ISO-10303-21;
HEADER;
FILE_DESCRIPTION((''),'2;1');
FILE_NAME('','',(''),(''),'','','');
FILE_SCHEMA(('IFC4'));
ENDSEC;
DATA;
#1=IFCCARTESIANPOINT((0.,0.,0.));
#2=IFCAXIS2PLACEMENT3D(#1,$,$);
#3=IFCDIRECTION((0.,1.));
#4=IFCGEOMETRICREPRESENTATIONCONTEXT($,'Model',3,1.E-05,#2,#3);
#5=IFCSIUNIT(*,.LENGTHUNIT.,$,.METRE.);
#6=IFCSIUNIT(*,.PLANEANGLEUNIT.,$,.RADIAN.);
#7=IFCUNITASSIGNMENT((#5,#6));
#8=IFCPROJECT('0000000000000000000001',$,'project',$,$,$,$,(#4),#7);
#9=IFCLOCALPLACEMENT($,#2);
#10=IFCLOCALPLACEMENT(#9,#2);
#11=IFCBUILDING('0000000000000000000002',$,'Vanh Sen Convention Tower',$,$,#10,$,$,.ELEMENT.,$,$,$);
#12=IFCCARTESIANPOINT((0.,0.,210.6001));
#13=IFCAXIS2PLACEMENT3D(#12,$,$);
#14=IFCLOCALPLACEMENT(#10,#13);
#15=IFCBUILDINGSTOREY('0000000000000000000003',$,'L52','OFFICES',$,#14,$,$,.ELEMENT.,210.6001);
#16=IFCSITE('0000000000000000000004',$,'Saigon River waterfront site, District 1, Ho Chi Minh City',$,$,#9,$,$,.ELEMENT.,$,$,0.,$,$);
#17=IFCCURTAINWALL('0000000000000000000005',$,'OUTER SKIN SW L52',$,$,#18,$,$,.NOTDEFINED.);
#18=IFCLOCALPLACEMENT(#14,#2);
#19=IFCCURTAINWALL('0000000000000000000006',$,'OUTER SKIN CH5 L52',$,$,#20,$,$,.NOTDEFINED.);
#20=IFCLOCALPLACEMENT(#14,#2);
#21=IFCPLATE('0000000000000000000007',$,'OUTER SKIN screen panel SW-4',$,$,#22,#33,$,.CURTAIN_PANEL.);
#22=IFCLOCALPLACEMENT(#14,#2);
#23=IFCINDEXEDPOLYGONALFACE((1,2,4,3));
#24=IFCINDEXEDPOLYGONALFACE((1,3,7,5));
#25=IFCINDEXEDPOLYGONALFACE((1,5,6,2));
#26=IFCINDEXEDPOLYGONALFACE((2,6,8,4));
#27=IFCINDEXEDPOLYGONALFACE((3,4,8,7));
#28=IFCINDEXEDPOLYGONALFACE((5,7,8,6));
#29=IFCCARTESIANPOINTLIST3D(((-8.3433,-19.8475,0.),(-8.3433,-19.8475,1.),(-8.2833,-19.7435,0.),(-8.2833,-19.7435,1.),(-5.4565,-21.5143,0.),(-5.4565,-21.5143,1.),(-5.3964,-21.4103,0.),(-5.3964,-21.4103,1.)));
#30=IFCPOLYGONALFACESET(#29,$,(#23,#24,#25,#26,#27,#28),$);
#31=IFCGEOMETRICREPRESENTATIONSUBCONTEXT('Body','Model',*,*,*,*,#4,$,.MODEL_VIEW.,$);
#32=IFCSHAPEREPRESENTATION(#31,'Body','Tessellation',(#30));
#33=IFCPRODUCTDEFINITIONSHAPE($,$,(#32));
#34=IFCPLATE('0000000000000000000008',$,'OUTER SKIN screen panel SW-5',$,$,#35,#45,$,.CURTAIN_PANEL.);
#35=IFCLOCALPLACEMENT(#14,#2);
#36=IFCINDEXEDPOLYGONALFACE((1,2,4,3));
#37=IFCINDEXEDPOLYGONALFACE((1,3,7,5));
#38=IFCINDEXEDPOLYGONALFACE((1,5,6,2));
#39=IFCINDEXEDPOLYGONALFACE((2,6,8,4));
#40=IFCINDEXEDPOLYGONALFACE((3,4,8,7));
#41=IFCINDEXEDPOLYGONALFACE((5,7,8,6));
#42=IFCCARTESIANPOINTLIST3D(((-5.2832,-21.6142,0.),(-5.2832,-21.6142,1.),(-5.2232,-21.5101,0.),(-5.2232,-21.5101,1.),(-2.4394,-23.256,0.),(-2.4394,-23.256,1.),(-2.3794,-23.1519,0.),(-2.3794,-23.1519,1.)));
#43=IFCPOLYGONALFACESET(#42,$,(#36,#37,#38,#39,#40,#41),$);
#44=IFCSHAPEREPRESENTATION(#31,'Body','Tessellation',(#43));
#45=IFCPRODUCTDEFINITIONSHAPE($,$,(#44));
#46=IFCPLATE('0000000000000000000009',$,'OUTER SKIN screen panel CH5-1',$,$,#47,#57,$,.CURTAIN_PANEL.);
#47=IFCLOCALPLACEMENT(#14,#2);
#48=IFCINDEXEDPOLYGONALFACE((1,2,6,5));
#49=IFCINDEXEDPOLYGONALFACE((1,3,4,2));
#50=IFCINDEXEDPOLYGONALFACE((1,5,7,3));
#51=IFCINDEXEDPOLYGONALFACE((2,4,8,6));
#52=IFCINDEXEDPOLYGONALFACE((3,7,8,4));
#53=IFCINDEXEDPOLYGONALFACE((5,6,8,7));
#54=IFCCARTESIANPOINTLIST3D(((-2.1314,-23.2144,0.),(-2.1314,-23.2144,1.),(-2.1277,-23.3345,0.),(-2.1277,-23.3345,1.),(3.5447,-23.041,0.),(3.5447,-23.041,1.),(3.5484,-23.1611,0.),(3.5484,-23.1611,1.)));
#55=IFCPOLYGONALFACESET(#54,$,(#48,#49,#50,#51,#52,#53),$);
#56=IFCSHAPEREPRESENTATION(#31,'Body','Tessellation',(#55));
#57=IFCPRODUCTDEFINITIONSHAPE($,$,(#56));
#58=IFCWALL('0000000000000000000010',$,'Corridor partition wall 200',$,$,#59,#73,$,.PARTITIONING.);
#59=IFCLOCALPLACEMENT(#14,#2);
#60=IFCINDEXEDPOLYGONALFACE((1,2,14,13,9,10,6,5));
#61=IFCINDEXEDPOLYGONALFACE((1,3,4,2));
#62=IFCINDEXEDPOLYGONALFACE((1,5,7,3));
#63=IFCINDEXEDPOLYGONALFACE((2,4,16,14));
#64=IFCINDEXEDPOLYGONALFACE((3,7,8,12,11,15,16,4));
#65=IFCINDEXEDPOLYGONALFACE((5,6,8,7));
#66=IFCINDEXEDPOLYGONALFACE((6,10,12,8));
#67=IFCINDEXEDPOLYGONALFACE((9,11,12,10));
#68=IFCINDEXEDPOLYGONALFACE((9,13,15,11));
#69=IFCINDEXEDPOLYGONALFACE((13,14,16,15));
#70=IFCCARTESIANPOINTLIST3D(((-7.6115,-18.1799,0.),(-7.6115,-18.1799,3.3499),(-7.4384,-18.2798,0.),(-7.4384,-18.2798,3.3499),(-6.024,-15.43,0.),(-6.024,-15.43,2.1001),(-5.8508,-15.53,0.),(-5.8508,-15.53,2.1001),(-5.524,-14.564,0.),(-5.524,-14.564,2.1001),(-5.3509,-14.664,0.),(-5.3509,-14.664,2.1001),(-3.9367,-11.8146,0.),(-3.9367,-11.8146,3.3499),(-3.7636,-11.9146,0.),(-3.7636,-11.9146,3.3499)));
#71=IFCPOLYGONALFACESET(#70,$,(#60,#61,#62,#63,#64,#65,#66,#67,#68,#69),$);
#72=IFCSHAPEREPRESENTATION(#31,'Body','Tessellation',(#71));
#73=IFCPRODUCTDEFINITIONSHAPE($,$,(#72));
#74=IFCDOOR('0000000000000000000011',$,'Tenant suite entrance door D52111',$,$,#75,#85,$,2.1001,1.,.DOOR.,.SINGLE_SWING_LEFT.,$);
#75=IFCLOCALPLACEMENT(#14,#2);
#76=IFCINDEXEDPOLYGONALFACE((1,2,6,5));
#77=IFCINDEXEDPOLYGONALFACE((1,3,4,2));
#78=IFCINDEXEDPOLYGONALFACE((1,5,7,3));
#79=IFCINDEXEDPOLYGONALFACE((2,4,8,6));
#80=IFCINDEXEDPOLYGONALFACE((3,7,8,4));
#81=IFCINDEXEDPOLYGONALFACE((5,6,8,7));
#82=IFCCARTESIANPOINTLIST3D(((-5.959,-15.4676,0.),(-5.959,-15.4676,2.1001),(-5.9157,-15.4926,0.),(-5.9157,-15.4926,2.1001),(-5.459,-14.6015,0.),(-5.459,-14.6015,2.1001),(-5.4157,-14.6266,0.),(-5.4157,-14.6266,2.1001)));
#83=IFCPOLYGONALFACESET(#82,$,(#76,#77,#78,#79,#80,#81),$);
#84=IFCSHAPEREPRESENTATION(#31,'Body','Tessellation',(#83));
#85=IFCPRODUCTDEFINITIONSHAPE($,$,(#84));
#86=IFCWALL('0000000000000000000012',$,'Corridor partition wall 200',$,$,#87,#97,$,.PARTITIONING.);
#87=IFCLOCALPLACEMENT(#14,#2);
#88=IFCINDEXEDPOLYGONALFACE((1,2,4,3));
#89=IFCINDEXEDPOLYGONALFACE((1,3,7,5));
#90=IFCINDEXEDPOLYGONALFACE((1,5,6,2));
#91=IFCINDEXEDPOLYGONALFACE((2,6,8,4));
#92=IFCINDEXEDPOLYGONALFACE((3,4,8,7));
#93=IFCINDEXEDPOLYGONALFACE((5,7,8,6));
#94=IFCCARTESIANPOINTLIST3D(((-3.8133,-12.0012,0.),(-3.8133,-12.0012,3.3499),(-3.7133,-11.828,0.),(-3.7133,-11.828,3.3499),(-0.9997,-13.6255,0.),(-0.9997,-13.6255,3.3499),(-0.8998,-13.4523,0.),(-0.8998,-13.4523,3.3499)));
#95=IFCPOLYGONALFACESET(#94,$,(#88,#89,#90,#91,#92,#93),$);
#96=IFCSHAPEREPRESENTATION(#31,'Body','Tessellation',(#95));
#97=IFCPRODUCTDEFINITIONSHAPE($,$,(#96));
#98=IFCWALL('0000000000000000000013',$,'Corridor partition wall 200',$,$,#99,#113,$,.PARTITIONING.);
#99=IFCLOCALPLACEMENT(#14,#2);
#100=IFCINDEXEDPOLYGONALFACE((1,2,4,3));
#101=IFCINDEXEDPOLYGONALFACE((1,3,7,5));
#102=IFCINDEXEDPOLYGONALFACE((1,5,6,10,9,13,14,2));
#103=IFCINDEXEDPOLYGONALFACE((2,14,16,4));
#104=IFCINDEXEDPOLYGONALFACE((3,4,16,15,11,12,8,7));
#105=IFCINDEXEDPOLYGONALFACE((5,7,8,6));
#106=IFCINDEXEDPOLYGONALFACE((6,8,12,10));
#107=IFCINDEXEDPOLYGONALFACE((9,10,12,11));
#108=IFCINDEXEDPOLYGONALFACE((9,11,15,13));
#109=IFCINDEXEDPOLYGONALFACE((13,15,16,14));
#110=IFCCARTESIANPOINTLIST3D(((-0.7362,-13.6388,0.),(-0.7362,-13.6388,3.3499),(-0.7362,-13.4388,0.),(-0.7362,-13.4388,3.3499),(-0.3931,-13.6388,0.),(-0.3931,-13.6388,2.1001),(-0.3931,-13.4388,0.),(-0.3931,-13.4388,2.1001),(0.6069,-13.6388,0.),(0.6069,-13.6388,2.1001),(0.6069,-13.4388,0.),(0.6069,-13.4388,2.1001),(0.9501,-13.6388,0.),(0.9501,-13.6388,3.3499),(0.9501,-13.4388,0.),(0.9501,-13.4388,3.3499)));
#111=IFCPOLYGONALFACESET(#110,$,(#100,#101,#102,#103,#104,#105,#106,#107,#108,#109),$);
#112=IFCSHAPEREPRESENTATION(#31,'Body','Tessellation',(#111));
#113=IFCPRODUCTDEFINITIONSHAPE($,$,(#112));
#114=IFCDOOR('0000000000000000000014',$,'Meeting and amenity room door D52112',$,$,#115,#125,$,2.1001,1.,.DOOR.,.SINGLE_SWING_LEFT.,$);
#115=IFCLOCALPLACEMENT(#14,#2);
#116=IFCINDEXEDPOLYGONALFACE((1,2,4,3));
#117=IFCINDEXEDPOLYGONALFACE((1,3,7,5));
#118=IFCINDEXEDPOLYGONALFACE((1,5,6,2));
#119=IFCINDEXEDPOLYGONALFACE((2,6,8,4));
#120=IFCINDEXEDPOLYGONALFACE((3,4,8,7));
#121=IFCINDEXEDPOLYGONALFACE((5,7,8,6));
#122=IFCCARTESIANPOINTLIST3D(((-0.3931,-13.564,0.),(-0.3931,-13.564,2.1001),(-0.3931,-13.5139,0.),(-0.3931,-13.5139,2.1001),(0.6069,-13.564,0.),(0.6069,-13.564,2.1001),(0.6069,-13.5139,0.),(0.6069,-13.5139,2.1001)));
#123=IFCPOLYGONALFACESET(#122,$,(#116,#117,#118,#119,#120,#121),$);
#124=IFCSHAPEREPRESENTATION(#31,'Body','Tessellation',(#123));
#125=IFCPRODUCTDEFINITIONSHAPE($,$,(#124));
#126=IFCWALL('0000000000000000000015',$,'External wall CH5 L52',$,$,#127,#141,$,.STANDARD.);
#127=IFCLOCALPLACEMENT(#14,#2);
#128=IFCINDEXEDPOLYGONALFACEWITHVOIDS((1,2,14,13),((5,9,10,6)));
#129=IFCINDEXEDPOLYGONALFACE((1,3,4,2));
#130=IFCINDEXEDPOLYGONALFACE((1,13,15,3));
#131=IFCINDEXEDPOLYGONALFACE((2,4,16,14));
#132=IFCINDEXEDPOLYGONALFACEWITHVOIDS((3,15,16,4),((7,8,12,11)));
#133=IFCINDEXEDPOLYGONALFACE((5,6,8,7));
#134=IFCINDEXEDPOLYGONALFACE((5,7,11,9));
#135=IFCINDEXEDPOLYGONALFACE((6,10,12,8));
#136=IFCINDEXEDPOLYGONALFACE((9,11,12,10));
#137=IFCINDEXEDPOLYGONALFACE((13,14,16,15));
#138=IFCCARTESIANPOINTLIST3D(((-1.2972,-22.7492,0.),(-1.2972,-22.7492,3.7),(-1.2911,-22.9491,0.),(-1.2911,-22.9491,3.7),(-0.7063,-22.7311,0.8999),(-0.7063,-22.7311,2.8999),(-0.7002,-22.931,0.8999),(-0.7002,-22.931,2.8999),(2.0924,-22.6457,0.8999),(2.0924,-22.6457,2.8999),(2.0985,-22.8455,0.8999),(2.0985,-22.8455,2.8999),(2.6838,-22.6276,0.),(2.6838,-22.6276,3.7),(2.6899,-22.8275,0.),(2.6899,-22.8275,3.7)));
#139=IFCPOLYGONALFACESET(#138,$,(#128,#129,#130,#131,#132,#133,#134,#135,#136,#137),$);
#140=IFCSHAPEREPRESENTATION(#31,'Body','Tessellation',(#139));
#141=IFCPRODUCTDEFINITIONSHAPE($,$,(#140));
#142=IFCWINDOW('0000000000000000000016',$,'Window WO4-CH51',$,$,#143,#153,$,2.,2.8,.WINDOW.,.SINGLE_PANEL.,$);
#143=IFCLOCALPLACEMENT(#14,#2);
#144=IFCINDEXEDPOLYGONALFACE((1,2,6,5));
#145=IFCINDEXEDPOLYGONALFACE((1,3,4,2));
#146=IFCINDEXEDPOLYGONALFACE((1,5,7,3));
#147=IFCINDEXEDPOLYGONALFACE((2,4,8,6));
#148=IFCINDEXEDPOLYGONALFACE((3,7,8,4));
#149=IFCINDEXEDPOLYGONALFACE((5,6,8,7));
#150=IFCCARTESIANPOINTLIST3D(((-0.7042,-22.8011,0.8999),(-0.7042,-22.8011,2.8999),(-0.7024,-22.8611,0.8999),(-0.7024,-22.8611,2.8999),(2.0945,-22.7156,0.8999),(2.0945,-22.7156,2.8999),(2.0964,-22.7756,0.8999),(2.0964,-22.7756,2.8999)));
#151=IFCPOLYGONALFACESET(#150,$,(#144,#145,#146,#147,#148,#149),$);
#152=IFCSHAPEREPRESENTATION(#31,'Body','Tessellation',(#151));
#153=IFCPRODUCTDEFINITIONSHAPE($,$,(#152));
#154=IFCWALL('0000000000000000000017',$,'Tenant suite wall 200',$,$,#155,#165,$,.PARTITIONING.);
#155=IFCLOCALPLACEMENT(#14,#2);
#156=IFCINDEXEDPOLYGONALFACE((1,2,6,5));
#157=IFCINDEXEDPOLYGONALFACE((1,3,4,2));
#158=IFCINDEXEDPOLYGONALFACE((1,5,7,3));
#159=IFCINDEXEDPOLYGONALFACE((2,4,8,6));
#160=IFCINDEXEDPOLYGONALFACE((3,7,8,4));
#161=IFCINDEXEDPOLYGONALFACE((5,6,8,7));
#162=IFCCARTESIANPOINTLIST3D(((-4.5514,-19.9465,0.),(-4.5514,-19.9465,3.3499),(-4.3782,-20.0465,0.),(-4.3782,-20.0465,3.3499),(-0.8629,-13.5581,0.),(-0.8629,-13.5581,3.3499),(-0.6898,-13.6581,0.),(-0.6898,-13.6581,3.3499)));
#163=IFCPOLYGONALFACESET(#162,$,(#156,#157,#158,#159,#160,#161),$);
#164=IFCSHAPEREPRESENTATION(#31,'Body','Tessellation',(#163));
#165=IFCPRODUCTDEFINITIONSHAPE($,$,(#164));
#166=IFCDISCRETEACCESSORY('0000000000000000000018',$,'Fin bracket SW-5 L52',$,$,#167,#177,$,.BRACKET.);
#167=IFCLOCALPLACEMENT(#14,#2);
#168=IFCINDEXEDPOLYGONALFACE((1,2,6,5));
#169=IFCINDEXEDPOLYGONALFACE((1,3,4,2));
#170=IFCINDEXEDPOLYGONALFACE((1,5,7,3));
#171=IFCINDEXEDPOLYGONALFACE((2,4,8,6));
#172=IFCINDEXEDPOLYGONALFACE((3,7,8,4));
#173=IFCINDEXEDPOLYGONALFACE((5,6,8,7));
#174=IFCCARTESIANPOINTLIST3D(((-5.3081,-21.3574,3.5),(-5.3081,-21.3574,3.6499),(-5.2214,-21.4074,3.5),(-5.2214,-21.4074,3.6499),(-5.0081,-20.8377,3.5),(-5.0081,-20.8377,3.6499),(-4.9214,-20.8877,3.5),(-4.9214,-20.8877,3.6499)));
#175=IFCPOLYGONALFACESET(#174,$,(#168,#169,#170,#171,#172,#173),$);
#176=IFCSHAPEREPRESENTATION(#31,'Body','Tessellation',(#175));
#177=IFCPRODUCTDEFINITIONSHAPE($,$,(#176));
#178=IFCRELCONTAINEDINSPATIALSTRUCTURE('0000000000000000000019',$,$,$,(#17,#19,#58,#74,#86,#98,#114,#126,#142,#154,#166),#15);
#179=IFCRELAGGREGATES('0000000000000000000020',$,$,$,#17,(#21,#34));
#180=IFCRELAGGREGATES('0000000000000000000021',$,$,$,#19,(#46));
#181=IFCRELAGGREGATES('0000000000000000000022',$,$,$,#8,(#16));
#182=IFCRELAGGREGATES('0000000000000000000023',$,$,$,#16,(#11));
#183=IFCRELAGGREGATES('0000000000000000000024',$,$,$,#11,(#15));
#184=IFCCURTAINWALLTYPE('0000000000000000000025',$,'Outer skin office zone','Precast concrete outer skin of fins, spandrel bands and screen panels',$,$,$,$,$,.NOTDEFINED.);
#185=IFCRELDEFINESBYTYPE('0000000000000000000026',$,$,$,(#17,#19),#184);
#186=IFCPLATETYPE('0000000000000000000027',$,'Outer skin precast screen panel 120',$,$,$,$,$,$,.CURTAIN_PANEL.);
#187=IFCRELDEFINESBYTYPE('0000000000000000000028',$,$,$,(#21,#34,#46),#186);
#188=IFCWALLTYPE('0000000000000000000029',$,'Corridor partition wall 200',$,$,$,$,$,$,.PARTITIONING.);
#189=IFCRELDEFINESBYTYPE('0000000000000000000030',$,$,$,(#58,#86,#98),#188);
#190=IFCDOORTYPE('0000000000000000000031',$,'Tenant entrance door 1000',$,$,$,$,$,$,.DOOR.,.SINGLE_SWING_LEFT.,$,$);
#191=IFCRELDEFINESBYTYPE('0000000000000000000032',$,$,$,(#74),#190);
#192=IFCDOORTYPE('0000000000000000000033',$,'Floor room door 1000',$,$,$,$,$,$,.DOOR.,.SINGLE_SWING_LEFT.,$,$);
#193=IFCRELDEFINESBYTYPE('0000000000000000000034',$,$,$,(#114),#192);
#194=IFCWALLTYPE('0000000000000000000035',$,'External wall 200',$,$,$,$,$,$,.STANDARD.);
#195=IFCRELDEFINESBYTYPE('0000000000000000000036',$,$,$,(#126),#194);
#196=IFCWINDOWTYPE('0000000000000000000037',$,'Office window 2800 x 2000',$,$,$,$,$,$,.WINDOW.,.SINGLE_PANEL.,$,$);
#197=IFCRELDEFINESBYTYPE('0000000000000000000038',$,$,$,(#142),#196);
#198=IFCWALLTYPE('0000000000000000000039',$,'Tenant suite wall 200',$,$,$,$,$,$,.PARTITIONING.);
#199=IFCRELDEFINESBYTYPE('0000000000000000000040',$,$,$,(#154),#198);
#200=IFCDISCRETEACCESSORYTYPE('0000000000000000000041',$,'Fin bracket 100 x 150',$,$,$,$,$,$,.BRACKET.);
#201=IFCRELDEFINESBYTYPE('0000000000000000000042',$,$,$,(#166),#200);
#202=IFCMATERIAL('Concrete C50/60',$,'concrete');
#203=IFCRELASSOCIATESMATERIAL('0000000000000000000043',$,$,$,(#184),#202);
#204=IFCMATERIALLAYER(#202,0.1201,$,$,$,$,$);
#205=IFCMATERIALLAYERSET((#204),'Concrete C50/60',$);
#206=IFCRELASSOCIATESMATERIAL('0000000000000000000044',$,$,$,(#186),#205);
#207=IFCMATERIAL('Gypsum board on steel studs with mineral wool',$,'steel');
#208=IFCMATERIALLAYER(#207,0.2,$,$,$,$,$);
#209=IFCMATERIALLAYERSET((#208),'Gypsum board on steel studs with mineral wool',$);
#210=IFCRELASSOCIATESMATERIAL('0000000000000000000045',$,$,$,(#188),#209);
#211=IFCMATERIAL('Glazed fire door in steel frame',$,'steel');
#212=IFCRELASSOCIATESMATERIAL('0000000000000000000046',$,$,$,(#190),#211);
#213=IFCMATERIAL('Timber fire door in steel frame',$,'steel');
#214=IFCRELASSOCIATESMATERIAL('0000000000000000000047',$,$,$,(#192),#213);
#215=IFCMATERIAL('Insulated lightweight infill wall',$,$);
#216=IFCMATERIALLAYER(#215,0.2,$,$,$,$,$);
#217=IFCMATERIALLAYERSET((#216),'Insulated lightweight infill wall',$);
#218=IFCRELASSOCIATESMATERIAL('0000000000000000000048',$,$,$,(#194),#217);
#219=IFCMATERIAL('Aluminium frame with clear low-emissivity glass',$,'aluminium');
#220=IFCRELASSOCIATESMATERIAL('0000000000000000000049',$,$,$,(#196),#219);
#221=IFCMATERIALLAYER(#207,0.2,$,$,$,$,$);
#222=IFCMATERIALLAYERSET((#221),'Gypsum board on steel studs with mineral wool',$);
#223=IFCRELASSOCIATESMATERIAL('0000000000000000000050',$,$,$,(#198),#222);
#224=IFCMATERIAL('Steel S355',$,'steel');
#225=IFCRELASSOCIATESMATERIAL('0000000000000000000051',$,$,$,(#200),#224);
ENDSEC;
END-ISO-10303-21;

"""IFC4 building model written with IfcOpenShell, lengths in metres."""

from ifc_helpers import new_model, si_unit, direction, frame, frame_2d, origin, origin_2d, place, context, subcontext, project, spatial, rectangle, extrude, material, layer, layer_set, type_object, element, fill, aggregate, save


model = new_model("IFC4")

# Units and contexts
model_context = context("Model", 3, precision=1e-05, world=origin(), true_north=direction((0.0, 1.0)))
body_context = subcontext(model_context, "Body", "Model", "MODEL_VIEW")
ifc_project = project(units=[si_unit("LENGTHUNIT", "METRE"), si_unit("PLANEANGLEUNIT", "RADIAN")], contexts=[model_context])

# Site, building, storey
site_placement = place(None, origin())
site = spatial("IfcSite", under=ifc_project, at=site_placement, Name="Saigon River waterfront site, District 1, Ho Chi Minh City", CompositionType="ELEMENT", RefElevation=0.0)
building_placement = place(site_placement, origin())
building = spatial("IfcBuilding", under=site, at=building_placement, Name="Vanh Sen Convention Tower", CompositionType="ELEMENT")
storey_placement = place(building_placement, frame((0.0, 0.0, 210.6001)))
storey = spatial("IfcBuildingStorey", under=building, at=storey_placement, Name="L52", Description="OFFICES", CompositionType="ELEMENT", Elevation=210.6001)

# Curtain wall
ifc_material_1 = material(Name="Concrete C50/60", Category="concrete")
curtain_wall_type = type_object("IfcCurtainWallType", Name="Outer skin office zone", Description="Precast concrete outer skin of fins, spandrel bands and screen panels", PredefinedType="NOTDEFINED", material=ifc_material_1)
curtain_wall_1_placement = place(storey_placement, origin())
curtain_wall_1 = element("IfcCurtainWall", 1, at=curtain_wall_1_placement, inside=storey, type_object=curtain_wall_type, Name="OUTER SKIN SW L52", PredefinedType="NOTDEFINED")

# Curtain wall
curtain_wall_2_placement = place(storey_placement, origin())
curtain_wall_2 = element("IfcCurtainWall", 2, at=curtain_wall_2_placement, inside=storey, type_object=curtain_wall_type, Name="OUTER SKIN CH5 L52", PredefinedType="NOTDEFINED")

# Plates
ifc_layer_1 = layer(ifc_material_1, 0.1201)
ifc_layer_set_1 = layer_set([ifc_layer_1], Name="Concrete C50/60")
plate_type = type_object("IfcPlateType", Name="Outer skin precast screen panel 120", PredefinedType="CURTAIN_PANEL", material=ifc_layer_set_1)
plate_1_placement = place(storey_placement, frame((-6.8699, -20.6289, 0.0), z_axis=(0.0, 0.0, 1.0), x_axis=(0.866026, -0.499998, 0.0)))
plate_1 = element("IfcPlate", 3, at=plate_1_placement, type_object=plate_type, Name="OUTER SKIN screen panel SW-4", PredefinedType="CURTAIN_PANEL", context=body_context, shape_type="SweptSolid", body=[
    extrude(rectangle(XDim=3.3335, YDim=0.1201, at=origin_2d()), origin(), (0.0, 0.0, 1.0), 1.0),
])
plate_2_placement = place(storey_placement, frame((-3.8313, -22.3831, 0.0), z_axis=(0.0, 0.0, 1.0), x_axis=(0.866033, -0.499986, 0.0)))
plate_2 = element("IfcPlate", 4, at=plate_2_placement, type_object=plate_type, Name="OUTER SKIN screen panel SW-5", PredefinedType="CURTAIN_PANEL", context=body_context, shape_type="SweptSolid", body=[
    extrude(rectangle(XDim=3.2837, YDim=0.1201, at=origin_2d()), origin(), (0.0, 0.0, 1.0), 1.0),
])
aggregate(curtain_wall_1, [plate_1, plate_2])
plate_3_placement = place(storey_placement, frame((0.7085, -23.1877, 0.0), z_axis=(0.0, 0.0, 1.0), x_axis=(0.999534, 0.03054, 0.0)))
plate_3 = element("IfcPlate", 5, at=plate_3_placement, type_object=plate_type, Name="OUTER SKIN screen panel CH5-1", PredefinedType="CURTAIN_PANEL", context=body_context, shape_type="SweptSolid", body=[
    extrude(rectangle(XDim=5.6787, YDim=0.1201, at=origin_2d()), origin(), (0.0, 0.0, 1.0), 1.0),
])
aggregate(curtain_wall_2, [plate_3])

# Wall, opening, door
ifc_material_2 = material(Name="Gypsum board on steel studs with mineral wool", Category="steel")
ifc_layer_2 = layer(ifc_material_2, 0.2)
ifc_layer_set_2 = layer_set([ifc_layer_2], Name="Gypsum board on steel studs with mineral wool")
wall_type_1 = type_object("IfcWallType", Name="Corridor partition wall 200", PredefinedType="PARTITIONING", material=ifc_layer_set_2)
wall_1_placement = place(storey_placement, frame((-7.5249, -18.2297, 0.0), z_axis=(0.0, 0.0, 1.0), x_axis=(0.499983, 0.866035, 0.0)))
wall_1 = element("IfcWall", 6, at=wall_1_placement, inside=storey, type_object=wall_type_1, Name="Corridor partition wall 200", PredefinedType="PARTITIONING", context=body_context, shape_type="SweptSolid", body=[
    extrude(rectangle(XDim=7.3499, YDim=0.2, at=frame_2d((3.6748, 0.0))), origin(), (0.0, 0.0, 1.0), 3.3499),
])
opening_1_placement = place(wall_1_placement, frame((3.175, 0.0, 0.0)))
opening_1 = element("IfcOpeningElement", 7, at=opening_1_placement, cuts=wall_1, PredefinedType="OPENING", context=body_context, shape_type="SweptSolid", body=[
    extrude(rectangle(XDim=1.0, YDim=2.1001, at=frame_2d((0.5, 1.05))), frame((0.0, 0.1099, 0.0), z_axis=(0.0, -1.0, 0.0), x_axis=(1.0, 0.0, 0.0)), (0.0, 0.0, 1.0), 0.22),
])
ifc_material_3 = material(Name="Glazed fire door in steel frame", Category="steel")
door_type_1 = type_object("IfcDoorType", Name="Tenant entrance door 1000", OperationType="SINGLE_SWING_LEFT", PredefinedType="DOOR", material=ifc_material_3)
door_1_placement = place(opening_1_placement, origin())
door_1 = element("IfcDoor", 8, at=door_1_placement, inside=storey, type_object=door_type_1, Name="Tenant suite entrance door D52111", OperationType="SINGLE_SWING_LEFT", OverallHeight=2.1001, OverallWidth=1.0, PredefinedType="DOOR", context=body_context, shape_type="SweptSolid", body=[
    extrude(rectangle(XDim=1.0, YDim=2.1001, at=frame_2d((0.5, 1.05))), frame((0.0, 0.0249, 0.0), z_axis=(0.0, -1.0, 0.0), x_axis=(1.0, 0.0, 0.0)), (0.0, 0.0, 1.0), 0.05),
])
fill(opening_1, door_1)

# Wall
wall_2_placement = place(storey_placement, frame((-3.7634, -11.9146, 0.0), z_axis=(0.0, 0.0, 1.0), x_axis=(0.866038, -0.499978, 0.0)))
element("IfcWall", 9, at=wall_2_placement, inside=storey, type_object=wall_type_1, Name="Corridor partition wall 200", PredefinedType="PARTITIONING", context=body_context, shape_type="SweptSolid", body=[
    extrude(rectangle(XDim=3.2488, YDim=0.2, at=frame_2d((1.6245, 0.0))), origin(), (0.0, 0.0, 1.0), 3.3499),
])

# Wall, opening, door
wall_3_placement = place(storey_placement, frame((-0.7363, -13.5388, 0.0), z_axis=(0.0, 0.0, 1.0), x_axis=(1.0, 0.0, 0.0)))
wall_3 = element("IfcWall", 10, at=wall_3_placement, inside=storey, type_object=wall_type_1, Name="Corridor partition wall 200", PredefinedType="PARTITIONING", context=body_context, shape_type="SweptSolid", body=[
    extrude(rectangle(XDim=1.6863, YDim=0.2, at=frame_2d((0.8433, 0.0))), origin(), (0.0, 0.0, 1.0), 3.3499),
])
opening_2_placement = place(wall_3_placement, frame((0.3433, 0.0, 0.0)))
opening_2 = element("IfcOpeningElement", 11, at=opening_2_placement, cuts=wall_3, PredefinedType="OPENING", context=body_context, shape_type="SweptSolid", body=[
    extrude(rectangle(XDim=1.0, YDim=2.1001, at=frame_2d((0.5, 1.05))), frame((0.0, 0.1099, 0.0), z_axis=(0.0, -1.0, 0.0), x_axis=(1.0, 0.0, 0.0)), (0.0, 0.0, 1.0), 0.22),
])
ifc_material_4 = material(Name="Timber fire door in steel frame", Category="steel")
door_type_2 = type_object("IfcDoorType", Name="Floor room door 1000", OperationType="SINGLE_SWING_LEFT", PredefinedType="DOOR", material=ifc_material_4)
door_2_placement = place(opening_2_placement, origin())
door_2 = element("IfcDoor", 12, at=door_2_placement, inside=storey, type_object=door_type_2, Name="Meeting and amenity room door D52112", OperationType="SINGLE_SWING_LEFT", OverallHeight=2.1001, OverallWidth=1.0, PredefinedType="DOOR", context=body_context, shape_type="SweptSolid", body=[
    extrude(rectangle(XDim=1.0, YDim=2.1001, at=frame_2d((0.5, 1.05))), frame((0.0, 0.0249, 0.0), z_axis=(0.0, -1.0, 0.0), x_axis=(1.0, 0.0, 0.0)), (0.0, 0.0, 1.0), 0.05),
])
fill(opening_2, door_2)

# Wall, opening, window
ifc_material_5 = material(Name="Insulated lightweight infill wall")
ifc_layer_3 = layer(ifc_material_5, 0.2)
ifc_layer_set_3 = layer_set([ifc_layer_3], Name="Insulated lightweight infill wall")
wall_type_2 = type_object("IfcWallType", Name="External wall 200", PredefinedType="STANDARD", material=ifc_layer_set_3)
wall_4_placement = place(storey_placement, frame((-1.2942, -22.8491, 0.0), z_axis=(0.0, 0.0, 1.0), x_axis=(0.999534, 0.030527, 0.0)))
wall_4 = element("IfcWall", 13, at=wall_4_placement, inside=storey, type_object=wall_type_2, Name="External wall CH5 L52", PredefinedType="STANDARD", context=body_context, shape_type="SweptSolid", body=[
    extrude(rectangle(XDim=3.9829, YDim=0.2, at=frame_2d((1.9915, 0.0))), origin(), (0.0, 0.0, 1.0), 3.7),
])
opening_3_placement = place(wall_4_placement, frame((0.5913, 0.0, 0.8999)))
opening_3 = element("IfcOpeningElement", 14, at=opening_3_placement, cuts=wall_4, PredefinedType="OPENING", context=body_context, shape_type="SweptSolid", body=[
    extrude(rectangle(XDim=2.8, YDim=2.0, at=frame_2d((1.3999, 1.0))), frame((0.0, 0.1099, 0.0), z_axis=(0.0, -1.0, 0.0), x_axis=(1.0, 0.0, 0.0)), (0.0, 0.0, 1.0), 0.22),
])
ifc_material_6 = material(Name="Aluminium frame with clear low-emissivity glass", Category="aluminium")
window_type = type_object("IfcWindowType", Name="Office window 2800 x 2000", PartitioningType="SINGLE_PANEL", PredefinedType="WINDOW", material=ifc_material_6)
window_placement = place(opening_3_placement, origin())
window = element("IfcWindow", 15, at=window_placement, inside=storey, type_object=window_type, Name="Window WO4-CH51", OverallHeight=2.0, OverallWidth=2.8, PartitioningType="SINGLE_PANEL", PredefinedType="WINDOW", context=body_context, shape_type="SweptSolid", body=[
    extrude(rectangle(XDim=2.8, YDim=2.0, at=frame_2d((1.3999, 1.0))), frame((0.0, 0.03, 0.0), z_axis=(0.0, -1.0, 0.0), x_axis=(1.0, 0.0, 0.0)), (0.0, 0.0, 1.0), 0.0601),
])
fill(opening_3, window)

# Wall
ifc_layer_4 = layer(ifc_material_2, 0.2)
ifc_layer_set_4 = layer_set([ifc_layer_4], Name="Gypsum board on steel studs with mineral wool")
wall_type_3 = type_object("IfcWallType", Name="Tenant suite wall 200", PredefinedType="PARTITIONING", material=ifc_layer_set_4)
wall_5_placement = place(storey_placement, frame((-4.4648, -19.9966, 0.0), z_axis=(0.0, 0.0, 1.0), x_axis=(0.500012, 0.866019, 0.0)))
element("IfcWall", 16, at=wall_5_placement, inside=storey, type_object=wall_type_3, Name="Tenant suite wall 200", PredefinedType="PARTITIONING", context=body_context, shape_type="SweptSolid", body=[
    extrude(rectangle(XDim=7.3767, YDim=0.2, at=frame_2d((3.6885, 0.0))), origin(), (0.0, 0.0, 1.0), 3.3499),
])

# Discrete accessory
ifc_material_7 = material(Name="Steel S355", Category="steel")
discrete_accessory_type = type_object("IfcDiscreteAccessoryType", Name="Fin bracket 100 x 150", PredefinedType="BRACKET", material=ifc_material_7)
discrete_accessory_placement = place(storey_placement, frame((-5.1147, -21.1226, 3.5), z_axis=(0.0, 0.0, 1.0), x_axis=(-0.5, -0.866025, 0.0)))
element("IfcDiscreteAccessory", 17, at=discrete_accessory_placement, inside=storey, type_object=discrete_accessory_type, Name="Fin bracket SW-5 L52", PredefinedType="BRACKET", context=body_context, shape_type="SweptSolid", body=[
    extrude(rectangle(XDim=0.6001, YDim=0.1001, at=origin_2d()), origin(), (0.0, 0.0, 1.0), 0.1499),
])

save(model, "model.ifc")
